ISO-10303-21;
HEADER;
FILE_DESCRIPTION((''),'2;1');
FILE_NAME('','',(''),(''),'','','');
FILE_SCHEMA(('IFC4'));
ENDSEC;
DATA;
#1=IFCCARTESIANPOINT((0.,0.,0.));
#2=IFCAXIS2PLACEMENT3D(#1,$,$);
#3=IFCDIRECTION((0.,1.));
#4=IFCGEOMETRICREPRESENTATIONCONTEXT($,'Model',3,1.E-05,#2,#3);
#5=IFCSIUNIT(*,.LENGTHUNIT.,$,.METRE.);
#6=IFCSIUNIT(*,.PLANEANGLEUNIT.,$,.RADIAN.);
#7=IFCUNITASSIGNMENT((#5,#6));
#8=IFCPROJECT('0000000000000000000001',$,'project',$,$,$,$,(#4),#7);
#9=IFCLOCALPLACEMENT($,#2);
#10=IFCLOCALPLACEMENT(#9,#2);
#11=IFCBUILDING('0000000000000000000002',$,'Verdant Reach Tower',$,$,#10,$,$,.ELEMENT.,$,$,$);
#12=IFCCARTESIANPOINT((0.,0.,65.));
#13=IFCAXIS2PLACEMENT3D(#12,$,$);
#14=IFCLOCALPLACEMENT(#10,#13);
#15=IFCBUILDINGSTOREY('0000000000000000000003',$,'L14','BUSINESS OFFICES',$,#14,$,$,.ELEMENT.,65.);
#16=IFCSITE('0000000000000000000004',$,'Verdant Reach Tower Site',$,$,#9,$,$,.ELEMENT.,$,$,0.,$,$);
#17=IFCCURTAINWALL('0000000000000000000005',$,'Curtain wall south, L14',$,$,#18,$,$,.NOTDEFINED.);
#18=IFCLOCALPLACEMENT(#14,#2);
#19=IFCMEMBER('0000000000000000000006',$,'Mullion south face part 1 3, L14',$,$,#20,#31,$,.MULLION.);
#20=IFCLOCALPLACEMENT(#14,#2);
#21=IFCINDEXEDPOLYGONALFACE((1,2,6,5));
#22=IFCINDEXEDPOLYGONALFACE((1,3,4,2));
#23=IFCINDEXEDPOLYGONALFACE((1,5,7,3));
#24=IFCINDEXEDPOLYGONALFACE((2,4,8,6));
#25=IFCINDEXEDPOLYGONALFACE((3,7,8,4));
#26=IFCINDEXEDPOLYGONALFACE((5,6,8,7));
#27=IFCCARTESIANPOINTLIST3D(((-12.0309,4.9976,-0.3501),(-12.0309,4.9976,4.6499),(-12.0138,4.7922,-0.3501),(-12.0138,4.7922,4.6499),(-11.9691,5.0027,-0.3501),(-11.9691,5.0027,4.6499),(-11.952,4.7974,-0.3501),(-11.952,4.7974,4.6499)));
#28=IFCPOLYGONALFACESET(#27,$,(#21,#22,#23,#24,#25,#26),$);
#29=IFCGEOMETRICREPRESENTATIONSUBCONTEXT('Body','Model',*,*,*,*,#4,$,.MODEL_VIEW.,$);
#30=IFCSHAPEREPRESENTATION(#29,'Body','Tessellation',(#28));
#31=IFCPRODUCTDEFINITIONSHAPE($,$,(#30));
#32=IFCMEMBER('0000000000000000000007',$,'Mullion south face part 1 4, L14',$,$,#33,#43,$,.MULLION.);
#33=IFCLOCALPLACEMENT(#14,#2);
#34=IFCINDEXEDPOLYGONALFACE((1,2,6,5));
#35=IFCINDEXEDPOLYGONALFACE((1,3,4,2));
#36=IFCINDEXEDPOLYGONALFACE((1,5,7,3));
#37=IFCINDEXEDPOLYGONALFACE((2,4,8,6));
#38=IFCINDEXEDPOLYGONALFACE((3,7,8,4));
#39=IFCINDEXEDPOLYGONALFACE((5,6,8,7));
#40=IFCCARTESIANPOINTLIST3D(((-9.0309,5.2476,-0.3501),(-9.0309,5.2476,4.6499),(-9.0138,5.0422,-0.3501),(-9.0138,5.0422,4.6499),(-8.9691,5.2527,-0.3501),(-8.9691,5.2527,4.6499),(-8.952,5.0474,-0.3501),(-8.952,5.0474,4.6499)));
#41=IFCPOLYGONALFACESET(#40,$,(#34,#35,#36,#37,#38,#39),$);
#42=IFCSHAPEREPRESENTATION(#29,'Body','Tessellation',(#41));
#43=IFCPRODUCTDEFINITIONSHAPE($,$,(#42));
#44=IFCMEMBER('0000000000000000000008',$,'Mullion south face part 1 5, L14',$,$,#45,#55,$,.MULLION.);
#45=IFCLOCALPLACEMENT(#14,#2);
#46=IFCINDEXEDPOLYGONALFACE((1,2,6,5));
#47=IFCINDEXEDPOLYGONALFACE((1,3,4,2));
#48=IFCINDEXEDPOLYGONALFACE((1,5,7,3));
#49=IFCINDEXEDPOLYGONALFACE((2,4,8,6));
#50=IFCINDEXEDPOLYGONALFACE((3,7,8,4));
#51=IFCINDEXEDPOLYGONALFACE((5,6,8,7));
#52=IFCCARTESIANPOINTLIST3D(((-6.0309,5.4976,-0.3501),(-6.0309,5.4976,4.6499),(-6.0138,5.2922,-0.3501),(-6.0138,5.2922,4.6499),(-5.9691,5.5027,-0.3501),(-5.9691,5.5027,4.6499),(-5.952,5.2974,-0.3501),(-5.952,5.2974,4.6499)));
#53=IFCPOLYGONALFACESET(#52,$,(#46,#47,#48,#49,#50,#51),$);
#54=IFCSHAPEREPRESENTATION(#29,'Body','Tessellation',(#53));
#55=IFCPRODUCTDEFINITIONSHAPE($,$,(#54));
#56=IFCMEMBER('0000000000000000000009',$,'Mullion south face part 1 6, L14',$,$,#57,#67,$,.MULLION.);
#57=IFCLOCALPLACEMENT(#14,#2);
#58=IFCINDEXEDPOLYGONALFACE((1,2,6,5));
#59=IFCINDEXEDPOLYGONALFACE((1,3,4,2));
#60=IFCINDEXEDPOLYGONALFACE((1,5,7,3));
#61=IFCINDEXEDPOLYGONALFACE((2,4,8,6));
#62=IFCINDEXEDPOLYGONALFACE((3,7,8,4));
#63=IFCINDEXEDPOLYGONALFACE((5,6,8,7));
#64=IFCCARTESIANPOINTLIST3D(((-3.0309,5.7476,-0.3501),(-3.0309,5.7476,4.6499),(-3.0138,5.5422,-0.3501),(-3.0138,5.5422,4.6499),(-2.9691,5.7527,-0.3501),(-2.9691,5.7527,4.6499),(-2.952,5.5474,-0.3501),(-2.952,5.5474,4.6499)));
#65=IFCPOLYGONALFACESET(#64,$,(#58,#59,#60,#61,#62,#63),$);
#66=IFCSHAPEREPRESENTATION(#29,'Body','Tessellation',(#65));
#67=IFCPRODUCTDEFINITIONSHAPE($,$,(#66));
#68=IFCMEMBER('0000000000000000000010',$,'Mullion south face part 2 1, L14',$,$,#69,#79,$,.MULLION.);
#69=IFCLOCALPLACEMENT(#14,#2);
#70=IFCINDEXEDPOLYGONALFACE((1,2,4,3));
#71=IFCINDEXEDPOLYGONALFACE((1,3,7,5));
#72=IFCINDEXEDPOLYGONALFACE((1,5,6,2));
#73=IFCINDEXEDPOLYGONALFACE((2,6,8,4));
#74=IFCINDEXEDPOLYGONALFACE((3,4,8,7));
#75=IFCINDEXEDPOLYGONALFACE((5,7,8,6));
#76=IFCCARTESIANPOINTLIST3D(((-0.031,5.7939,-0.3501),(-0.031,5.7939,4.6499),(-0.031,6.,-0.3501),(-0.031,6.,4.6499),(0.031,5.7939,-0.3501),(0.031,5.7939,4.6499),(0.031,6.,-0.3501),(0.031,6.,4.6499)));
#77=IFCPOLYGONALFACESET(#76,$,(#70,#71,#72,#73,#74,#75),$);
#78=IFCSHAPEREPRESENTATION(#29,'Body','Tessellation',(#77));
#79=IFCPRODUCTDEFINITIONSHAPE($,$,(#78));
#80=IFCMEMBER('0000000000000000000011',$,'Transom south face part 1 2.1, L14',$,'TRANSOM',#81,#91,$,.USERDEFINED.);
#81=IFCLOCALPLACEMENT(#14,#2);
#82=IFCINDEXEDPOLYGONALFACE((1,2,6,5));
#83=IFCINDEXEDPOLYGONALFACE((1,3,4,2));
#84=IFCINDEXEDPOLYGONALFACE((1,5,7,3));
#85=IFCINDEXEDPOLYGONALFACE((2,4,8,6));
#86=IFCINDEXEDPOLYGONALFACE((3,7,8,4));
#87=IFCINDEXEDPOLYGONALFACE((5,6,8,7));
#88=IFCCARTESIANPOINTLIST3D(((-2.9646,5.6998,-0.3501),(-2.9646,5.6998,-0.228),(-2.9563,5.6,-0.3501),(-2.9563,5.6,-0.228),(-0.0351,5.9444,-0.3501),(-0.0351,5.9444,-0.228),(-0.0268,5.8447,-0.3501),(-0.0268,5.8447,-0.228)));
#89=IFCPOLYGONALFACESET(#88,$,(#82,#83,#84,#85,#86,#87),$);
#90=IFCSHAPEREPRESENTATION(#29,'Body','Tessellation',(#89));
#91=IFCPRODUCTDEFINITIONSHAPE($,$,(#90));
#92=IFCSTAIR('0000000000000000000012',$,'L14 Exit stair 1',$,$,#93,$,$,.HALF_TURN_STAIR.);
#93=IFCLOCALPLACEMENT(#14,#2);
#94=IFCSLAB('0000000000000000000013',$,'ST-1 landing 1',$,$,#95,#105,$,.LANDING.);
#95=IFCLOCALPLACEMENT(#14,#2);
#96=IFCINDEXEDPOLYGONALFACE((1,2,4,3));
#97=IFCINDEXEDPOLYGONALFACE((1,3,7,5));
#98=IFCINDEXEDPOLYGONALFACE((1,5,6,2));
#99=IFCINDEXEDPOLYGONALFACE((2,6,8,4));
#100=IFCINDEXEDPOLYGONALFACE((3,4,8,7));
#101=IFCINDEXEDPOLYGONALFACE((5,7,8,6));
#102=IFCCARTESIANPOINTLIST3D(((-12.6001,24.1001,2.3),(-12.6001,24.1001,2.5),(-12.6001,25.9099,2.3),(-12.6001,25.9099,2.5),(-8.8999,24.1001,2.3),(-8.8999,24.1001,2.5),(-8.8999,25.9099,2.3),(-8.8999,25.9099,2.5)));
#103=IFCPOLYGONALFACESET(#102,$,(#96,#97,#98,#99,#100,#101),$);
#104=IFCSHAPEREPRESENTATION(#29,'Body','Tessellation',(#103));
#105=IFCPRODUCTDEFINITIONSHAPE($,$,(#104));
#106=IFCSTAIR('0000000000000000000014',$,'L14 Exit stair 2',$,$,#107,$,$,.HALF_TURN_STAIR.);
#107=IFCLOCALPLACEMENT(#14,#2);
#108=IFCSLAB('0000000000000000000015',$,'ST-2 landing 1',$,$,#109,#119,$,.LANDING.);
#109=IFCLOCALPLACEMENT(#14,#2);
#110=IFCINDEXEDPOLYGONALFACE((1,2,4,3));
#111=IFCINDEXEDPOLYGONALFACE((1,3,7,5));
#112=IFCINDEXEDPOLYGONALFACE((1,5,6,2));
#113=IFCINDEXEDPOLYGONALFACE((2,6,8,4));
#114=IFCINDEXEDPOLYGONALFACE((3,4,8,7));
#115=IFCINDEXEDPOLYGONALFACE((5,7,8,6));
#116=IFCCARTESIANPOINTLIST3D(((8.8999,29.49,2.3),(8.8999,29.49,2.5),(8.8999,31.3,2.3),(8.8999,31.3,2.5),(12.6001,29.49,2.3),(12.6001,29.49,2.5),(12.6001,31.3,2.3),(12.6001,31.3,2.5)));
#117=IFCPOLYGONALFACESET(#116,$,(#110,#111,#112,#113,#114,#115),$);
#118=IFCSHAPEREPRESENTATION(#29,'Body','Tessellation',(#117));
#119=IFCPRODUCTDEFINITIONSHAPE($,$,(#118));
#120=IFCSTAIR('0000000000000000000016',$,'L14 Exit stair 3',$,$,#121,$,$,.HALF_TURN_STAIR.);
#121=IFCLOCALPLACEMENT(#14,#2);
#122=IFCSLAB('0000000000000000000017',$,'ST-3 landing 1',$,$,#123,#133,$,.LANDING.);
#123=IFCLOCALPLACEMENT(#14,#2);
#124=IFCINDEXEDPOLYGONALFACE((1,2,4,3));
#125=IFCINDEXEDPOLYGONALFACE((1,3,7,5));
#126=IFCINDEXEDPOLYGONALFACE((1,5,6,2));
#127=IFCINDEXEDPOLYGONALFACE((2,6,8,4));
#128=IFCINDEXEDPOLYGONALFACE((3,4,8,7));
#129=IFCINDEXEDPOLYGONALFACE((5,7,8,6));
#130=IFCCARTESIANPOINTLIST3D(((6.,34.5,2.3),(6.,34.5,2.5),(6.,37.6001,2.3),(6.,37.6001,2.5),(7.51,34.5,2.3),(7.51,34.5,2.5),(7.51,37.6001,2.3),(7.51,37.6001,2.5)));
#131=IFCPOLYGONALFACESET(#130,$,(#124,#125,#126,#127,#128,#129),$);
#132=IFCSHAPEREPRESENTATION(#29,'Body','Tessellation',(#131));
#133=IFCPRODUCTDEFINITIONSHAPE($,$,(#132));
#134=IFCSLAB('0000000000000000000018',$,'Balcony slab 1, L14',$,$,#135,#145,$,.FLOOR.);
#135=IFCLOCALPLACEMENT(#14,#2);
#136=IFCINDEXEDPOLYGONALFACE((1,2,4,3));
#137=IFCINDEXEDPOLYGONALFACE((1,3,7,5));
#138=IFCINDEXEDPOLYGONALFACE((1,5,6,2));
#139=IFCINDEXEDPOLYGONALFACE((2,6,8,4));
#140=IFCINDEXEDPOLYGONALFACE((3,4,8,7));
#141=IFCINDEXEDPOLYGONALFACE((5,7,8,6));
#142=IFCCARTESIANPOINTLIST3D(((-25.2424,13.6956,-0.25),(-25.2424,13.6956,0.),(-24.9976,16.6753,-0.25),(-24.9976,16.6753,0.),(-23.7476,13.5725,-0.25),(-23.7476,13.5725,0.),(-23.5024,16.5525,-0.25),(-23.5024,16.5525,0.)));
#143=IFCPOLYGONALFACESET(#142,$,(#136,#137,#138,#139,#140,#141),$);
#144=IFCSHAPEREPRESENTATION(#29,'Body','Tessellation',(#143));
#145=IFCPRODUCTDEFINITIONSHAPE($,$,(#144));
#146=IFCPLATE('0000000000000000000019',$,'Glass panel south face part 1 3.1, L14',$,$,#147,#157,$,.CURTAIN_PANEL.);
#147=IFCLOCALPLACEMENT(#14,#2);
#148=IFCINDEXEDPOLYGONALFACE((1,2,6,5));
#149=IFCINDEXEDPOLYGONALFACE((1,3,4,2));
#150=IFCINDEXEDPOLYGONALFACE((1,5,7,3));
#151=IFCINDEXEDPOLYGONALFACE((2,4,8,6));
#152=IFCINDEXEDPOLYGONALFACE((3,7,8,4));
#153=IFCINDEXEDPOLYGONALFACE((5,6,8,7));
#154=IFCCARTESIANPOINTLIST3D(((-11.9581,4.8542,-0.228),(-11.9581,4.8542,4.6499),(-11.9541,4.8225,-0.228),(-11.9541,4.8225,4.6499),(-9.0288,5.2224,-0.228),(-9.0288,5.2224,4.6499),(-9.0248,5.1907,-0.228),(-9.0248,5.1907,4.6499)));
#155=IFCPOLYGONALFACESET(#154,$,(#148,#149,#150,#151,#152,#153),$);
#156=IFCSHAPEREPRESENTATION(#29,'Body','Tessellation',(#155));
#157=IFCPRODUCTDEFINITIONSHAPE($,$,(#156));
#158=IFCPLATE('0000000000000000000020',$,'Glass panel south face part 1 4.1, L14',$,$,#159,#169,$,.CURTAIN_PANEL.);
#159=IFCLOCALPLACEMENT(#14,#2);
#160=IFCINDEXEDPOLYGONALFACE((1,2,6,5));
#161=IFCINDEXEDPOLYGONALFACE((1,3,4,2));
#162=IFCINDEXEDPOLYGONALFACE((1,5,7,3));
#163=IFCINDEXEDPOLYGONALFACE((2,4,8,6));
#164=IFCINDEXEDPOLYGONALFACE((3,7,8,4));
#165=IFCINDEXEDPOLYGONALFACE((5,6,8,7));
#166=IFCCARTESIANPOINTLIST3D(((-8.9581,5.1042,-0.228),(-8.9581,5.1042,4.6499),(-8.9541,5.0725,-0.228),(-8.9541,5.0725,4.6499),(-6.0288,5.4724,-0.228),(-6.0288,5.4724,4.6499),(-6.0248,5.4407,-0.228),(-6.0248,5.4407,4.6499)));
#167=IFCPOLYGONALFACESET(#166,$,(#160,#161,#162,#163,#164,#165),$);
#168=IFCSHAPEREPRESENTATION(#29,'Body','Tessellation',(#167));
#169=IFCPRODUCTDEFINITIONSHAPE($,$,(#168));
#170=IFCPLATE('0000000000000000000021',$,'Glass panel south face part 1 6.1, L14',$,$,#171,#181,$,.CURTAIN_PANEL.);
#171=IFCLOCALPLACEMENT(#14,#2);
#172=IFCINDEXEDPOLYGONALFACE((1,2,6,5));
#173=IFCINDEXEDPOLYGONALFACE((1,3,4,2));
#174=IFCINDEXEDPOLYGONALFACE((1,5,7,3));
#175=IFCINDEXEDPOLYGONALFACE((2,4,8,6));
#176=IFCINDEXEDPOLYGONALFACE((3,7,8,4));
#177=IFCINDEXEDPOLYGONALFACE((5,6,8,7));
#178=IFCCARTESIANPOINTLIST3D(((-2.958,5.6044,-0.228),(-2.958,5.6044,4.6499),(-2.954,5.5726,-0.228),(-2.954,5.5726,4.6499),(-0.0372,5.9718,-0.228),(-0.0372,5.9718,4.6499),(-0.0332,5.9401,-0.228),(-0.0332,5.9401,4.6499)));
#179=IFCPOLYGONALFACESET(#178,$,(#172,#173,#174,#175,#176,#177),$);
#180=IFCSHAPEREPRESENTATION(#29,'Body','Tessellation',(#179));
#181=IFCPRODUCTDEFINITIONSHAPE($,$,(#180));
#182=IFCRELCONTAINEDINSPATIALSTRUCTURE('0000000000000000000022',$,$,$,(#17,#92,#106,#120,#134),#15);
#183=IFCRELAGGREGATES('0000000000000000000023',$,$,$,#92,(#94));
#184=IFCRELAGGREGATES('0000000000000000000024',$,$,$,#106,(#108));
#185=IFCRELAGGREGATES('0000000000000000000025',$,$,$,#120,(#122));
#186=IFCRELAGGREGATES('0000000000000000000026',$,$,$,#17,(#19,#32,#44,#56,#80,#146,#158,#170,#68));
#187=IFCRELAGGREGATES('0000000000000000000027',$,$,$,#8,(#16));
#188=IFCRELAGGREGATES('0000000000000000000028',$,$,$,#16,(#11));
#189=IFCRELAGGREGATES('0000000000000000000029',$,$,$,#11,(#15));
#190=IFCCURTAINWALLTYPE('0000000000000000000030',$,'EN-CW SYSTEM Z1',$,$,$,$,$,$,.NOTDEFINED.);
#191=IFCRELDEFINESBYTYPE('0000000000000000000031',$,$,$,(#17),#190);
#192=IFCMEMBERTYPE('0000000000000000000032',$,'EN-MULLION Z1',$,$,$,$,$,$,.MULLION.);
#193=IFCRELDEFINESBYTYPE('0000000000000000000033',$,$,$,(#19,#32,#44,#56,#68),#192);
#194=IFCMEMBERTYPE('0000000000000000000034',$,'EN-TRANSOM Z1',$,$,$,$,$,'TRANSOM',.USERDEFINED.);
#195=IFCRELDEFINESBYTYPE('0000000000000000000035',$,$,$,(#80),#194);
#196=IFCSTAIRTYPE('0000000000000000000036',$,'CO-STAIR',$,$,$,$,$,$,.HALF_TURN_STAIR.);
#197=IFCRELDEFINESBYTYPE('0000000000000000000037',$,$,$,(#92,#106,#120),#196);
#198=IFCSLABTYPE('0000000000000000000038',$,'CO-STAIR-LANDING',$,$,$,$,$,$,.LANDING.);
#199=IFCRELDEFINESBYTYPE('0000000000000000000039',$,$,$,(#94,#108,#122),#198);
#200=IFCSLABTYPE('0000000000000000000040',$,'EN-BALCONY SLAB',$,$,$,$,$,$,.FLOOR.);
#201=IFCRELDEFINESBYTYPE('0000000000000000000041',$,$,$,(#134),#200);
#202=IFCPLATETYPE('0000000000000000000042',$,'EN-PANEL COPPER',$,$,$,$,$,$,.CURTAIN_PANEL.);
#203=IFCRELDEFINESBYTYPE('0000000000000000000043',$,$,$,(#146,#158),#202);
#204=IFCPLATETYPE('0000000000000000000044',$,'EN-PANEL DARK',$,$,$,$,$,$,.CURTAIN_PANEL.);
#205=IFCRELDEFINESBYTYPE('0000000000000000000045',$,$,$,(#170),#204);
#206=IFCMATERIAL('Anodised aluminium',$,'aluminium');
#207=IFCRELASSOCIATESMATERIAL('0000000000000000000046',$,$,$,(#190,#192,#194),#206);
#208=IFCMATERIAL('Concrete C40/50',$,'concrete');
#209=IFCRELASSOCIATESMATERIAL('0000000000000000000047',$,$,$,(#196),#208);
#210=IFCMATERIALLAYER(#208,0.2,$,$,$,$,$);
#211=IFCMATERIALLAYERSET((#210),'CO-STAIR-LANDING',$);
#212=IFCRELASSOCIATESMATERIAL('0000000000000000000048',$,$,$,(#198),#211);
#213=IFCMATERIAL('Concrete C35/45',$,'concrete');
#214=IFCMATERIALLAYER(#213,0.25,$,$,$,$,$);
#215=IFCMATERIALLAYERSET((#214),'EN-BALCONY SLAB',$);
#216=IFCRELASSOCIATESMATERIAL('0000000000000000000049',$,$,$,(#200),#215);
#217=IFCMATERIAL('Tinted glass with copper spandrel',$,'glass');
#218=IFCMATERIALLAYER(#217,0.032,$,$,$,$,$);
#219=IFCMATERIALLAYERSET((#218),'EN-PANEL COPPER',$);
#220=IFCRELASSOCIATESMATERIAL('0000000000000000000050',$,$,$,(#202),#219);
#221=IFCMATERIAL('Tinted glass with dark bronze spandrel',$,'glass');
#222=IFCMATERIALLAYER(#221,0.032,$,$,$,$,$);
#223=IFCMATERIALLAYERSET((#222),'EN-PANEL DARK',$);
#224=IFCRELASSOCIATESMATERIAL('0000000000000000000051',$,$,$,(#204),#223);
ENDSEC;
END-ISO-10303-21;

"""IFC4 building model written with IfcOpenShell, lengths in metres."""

from ifc_helpers import new_model, si_unit, direction, frame, origin, origin_2d, place, context, subcontext, project, spatial, polyline, rectangle, outline, extrude, material, layer, layer_set, material_profile, profile_set, type_object, element, aggregate, save


model = new_model("IFC4")

# Units and contexts
model_context = context("Model", 3, precision=1e-05, world=origin(), true_north=direction((0.0, 1.0)))
body_context = subcontext(model_context, "Body", "Model", "MODEL_VIEW")
ifc_project = project(units=[si_unit("LENGTHUNIT", "METRE"), si_unit("PLANEANGLEUNIT", "RADIAN")], contexts=[model_context])

# Site, building, storey
site_placement = place(None, origin())
site = spatial("IfcSite", under=ifc_project, at=site_placement, Name="Verdant Reach Tower Site", CompositionType="ELEMENT", RefElevation=0.0)
building_placement = place(site_placement, origin())
building = spatial("IfcBuilding", under=site, at=building_placement, Name="Verdant Reach Tower", CompositionType="ELEMENT")
storey_placement = place(building_placement, frame((0.0, 0.0, 65.0)))
storey = spatial("IfcBuildingStorey", under=building, at=storey_placement, Name="L14", Description="BUSINESS OFFICES", CompositionType="ELEMENT", Elevation=65.0)

# Curtain wall, members
ifc_material_1 = material(Name="Anodised aluminium", Category="aluminium")
curtain_wall_type = type_object("IfcCurtainWallType", Name="EN-CW SYSTEM Z1", PredefinedType="NOTDEFINED", material=ifc_material_1)
curtain_wall_placement = place(storey_placement, origin())
curtain_wall = element("IfcCurtainWall", 1, at=curtain_wall_placement, inside=storey, type_object=curtain_wall_type, Name="Curtain wall south, L14", PredefinedType="NOTDEFINED")
ifc_material_profile_1 = material_profile(ifc_material_1, rectangle(XDim=0.2061, YDim=0.062, at=origin_2d()), Name="Mullion 62x206")
ifc_profile_set_1 = profile_set([ifc_material_profile_1], Name="Anodised aluminium")
member_type_1 = type_object("IfcMemberType", Name="EN-MULLION Z1", PredefinedType="MULLION", material=ifc_profile_set_1)
member_1_placement = place(storey_placement, frame((-11.9915, 4.8975, -0.3501), z_axis=(0.0, 0.0, 1.0), x_axis=(0.083045, -0.996546, 0.0)))
member_1 = element("IfcMember", 2, at=member_1_placement, type_object=member_type_1, Name="Mullion south face part 1 3, L14", PredefinedType="MULLION", context=body_context, shape_type="SweptSolid", body=[
    extrude(rectangle(XDim=0.2061, YDim=0.062, at=origin_2d()), origin(), (0.0, 0.0, 1.0), 5.0),
])
member_2_placement = place(storey_placement, frame((-8.9915, 5.1475, -0.3501), z_axis=(0.0, 0.0, 1.0), x_axis=(0.083045, -0.996546, 0.0)))
member_2 = element("IfcMember", 3, at=member_2_placement, type_object=member_type_1, Name="Mullion south face part 1 4, L14", PredefinedType="MULLION", context=body_context, shape_type="SweptSolid", body=[
    extrude(rectangle(XDim=0.2061, YDim=0.062, at=origin_2d()), origin(), (0.0, 0.0, 1.0), 5.0),
])
member_3_placement = place(storey_placement, frame((-5.9915, 5.3975, -0.3501), z_axis=(0.0, 0.0, 1.0), x_axis=(0.083045, -0.996546, 0.0)))
member_3 = element("IfcMember", 4, at=member_3_placement, type_object=member_type_1, Name="Mullion south face part 1 5, L14", PredefinedType="MULLION", context=body_context, shape_type="SweptSolid", body=[
    extrude(rectangle(XDim=0.2061, YDim=0.062, at=origin_2d()), origin(), (0.0, 0.0, 1.0), 5.0),
])
member_4_placement = place(storey_placement, frame((-2.9915, 5.6475, -0.3501), z_axis=(0.0, 0.0, 1.0), x_axis=(0.083045, -0.996546, 0.0)))
member_4 = element("IfcMember", 5, at=member_4_placement, type_object=member_type_1, Name="Mullion south face part 1 6, L14", PredefinedType="MULLION", context=body_context, shape_type="SweptSolid", body=[
    extrude(rectangle(XDim=0.2061, YDim=0.062, at=origin_2d()), origin(), (0.0, 0.0, 1.0), 5.0),
])
member_5_placement = place(storey_placement, frame((0.0, 5.897, -0.3501), z_axis=(0.0, 0.0, 1.0), x_axis=(0.0, -1.0, 0.0)))
member_5 = element("IfcMember", 6, at=member_5_placement, type_object=member_type_1, Name="Mullion south face part 2 1, L14", PredefinedType="MULLION", context=body_context, shape_type="SweptSolid", body=[
    extrude(rectangle(XDim=0.2061, YDim=0.062, at=origin_2d()), origin(), (0.0, 0.0, 1.0), 5.0),
])
ifc_material_profile_2 = material_profile(ifc_material_1, rectangle(XDim=0.1001, YDim=0.1221, at=origin_2d()), Name="Transom 122x100")
ifc_profile_set_2 = profile_set([ifc_material_profile_2], Name="Anodised aluminium")
member_type_2 = type_object("IfcMemberType", Name="EN-TRANSOM Z1", ElementType="TRANSOM", PredefinedType="USERDEFINED", material=ifc_profile_set_2)
member_6_placement = place(storey_placement, frame((-2.9604, 5.6499, -0.2891), z_axis=(0.996531, 0.083217, 0.0), x_axis=(-0.083217, 0.996531, 0.0)))
member_6 = element("IfcMember", 7, at=member_6_placement, type_object=member_type_2, Name="Transom south face part 1 2.1, L14", ObjectType="TRANSOM", PredefinedType="USERDEFINED", context=body_context, shape_type="SweptSolid", body=[
    extrude(rectangle(XDim=0.1001, YDim=0.1221, at=origin_2d()), origin(), (0.0, 0.0, 1.0), 2.9397),
])

# Stairs, slabs
ifc_material_2 = material(Name="Concrete C40/50", Category="concrete")
stair_type = type_object("IfcStairType", Name="CO-STAIR", PredefinedType="HALF_TURN_STAIR", material=ifc_material_2)
stair_1_placement = place(storey_placement, origin())
stair_1 = element("IfcStair", 8, at=stair_1_placement, inside=storey, type_object=stair_type, Name="L14 Exit stair 1", PredefinedType="HALF_TURN_STAIR")
ifc_layer_1 = layer(ifc_material_2, 0.2)
ifc_layer_set_1 = layer_set([ifc_layer_1], Name="CO-STAIR-LANDING")
slab_type_1 = type_object("IfcSlabType", Name="CO-STAIR-LANDING", PredefinedType="LANDING", material=ifc_layer_set_1)
slab_1_placement = place(storey_placement, frame((0.0, 0.0, 2.3)))
slab_1 = element("IfcSlab", 9, at=slab_1_placement, type_object=slab_type_1, Name="ST-1 landing 1", PredefinedType="LANDING", context=body_context, shape_type="SweptSolid", body=[
    extrude(outline(polyline([(-12.6001, 25.9099), (-12.6001, 24.1001), (-8.8999, 24.1001), (-8.8999, 25.9099), (-12.6001, 25.9099)])), origin(), (0.0, 0.0, 1.0), 0.2),
])
aggregate(stair_1, [slab_1])
stair_2_placement = place(storey_placement, origin())
stair_2 = element("IfcStair", 10, at=stair_2_placement, inside=storey, type_object=stair_type, Name="L14 Exit stair 2", PredefinedType="HALF_TURN_STAIR")
slab_2_placement = place(storey_placement, frame((0.0, 0.0, 2.3)))
slab_2 = element("IfcSlab", 11, at=slab_2_placement, type_object=slab_type_1, Name="ST-2 landing 1", PredefinedType="LANDING", context=body_context, shape_type="SweptSolid", body=[
    extrude(outline(polyline([(12.6001, 29.49), (12.6001, 31.3), (8.8999, 31.3), (8.8999, 29.49), (12.6001, 29.49)])), origin(), (0.0, 0.0, 1.0), 0.2),
])
aggregate(stair_2, [slab_2])
stair_3_placement = place(storey_placement, origin())
stair_3 = element("IfcStair", 12, at=stair_3_placement, inside=storey, type_object=stair_type, Name="L14 Exit stair 3", PredefinedType="HALF_TURN_STAIR")
slab_3_placement = place(storey_placement, frame((0.0, 0.0, 2.3)))
slab_3 = element("IfcSlab", 13, at=slab_3_placement, type_object=slab_type_1, Name="ST-3 landing 1", PredefinedType="LANDING", context=body_context, shape_type="SweptSolid", body=[
    extrude(outline(polyline([(7.51, 37.6001), (6.0, 37.6001), (6.0, 34.5), (7.51, 34.5), (7.51, 37.6001)])), origin(), (0.0, 0.0, 1.0), 0.2),
])
aggregate(stair_3, [slab_3])

# Slab
ifc_material_3 = material(Name="Concrete C35/45", Category="concrete")
ifc_layer_2 = layer(ifc_material_3, 0.25)
ifc_layer_set_2 = layer_set([ifc_layer_2], Name="EN-BALCONY SLAB")
slab_type_2 = type_object("IfcSlabType", Name="EN-BALCONY SLAB", PredefinedType="FLOOR", material=ifc_layer_set_2)
slab_4_placement = place(storey_placement, frame((0.0, 0.0, -0.25)))
element("IfcSlab", 14, at=slab_4_placement, inside=storey, type_object=slab_type_2, Name="Balcony slab 1, L14", PredefinedType="FLOOR", context=body_context, shape_type="SweptSolid", body=[
    extrude(outline(polyline([(-23.5024, 16.5525), (-23.7476, 13.5725), (-25.2424, 13.6956), (-24.9976, 16.6753), (-23.5024, 16.5525)])), origin(), (0.0, 0.0, 1.0), 0.25),
])

# Plates
ifc_material_4 = material(Name="Tinted glass with copper spandrel", Category="glass")
ifc_layer_3 = layer(ifc_material_4, 0.032)
ifc_layer_set_3 = layer_set([ifc_layer_3], Name="EN-PANEL COPPER")
plate_type_1 = type_object("IfcPlateType", Name="EN-PANEL COPPER", PredefinedType="CURTAIN_PANEL", material=ifc_layer_set_3)
plate_1_placement = place(storey_placement, frame((-10.4915, 5.0225, -0.228), z_axis=(0.0, 0.0, 1.0), x_axis=(0.992194, 0.124704, 0.0)))
plate_1 = element("IfcPlate", 15, at=plate_1_placement, type_object=plate_type_1, Name="Glass panel south face part 1 3.1, L14", PredefinedType="CURTAIN_PANEL", context=body_context, shape_type="SweptSolid", body=[
    extrude(rectangle(XDim=2.9524, YDim=0.032, at=origin_2d()), origin(), (0.0, 0.0, 1.0), 4.8779),
])
plate_2_placement = place(storey_placement, frame((-7.4915, 5.2725, -0.228), z_axis=(0.0, 0.0, 1.0), x_axis=(0.992194, 0.124704, 0.0)))
plate_2 = element("IfcPlate", 16, at=plate_2_placement, type_object=plate_type_1, Name="Glass panel south face part 1 4.1, L14", PredefinedType="CURTAIN_PANEL", context=body_context, shape_type="SweptSolid", body=[
    extrude(rectangle(XDim=2.9524, YDim=0.032, at=origin_2d()), origin(), (0.0, 0.0, 1.0), 4.8779),
])
ifc_material_5 = material(Name="Tinted glass with dark bronze spandrel", Category="glass")
ifc_layer_4 = layer(ifc_material_5, 0.032)
ifc_layer_set_4 = layer_set([ifc_layer_4], Name="EN-PANEL DARK")
plate_type_2 = type_object("IfcPlateType", Name="EN-PANEL DARK", PredefinedType="CURTAIN_PANEL", material=ifc_layer_set_4)
plate_3_placement = place(storey_placement, frame((-1.4956, 5.7722, -0.228), z_axis=(0.0, 0.0, 1.0), x_axis=(0.992179, 0.124821, 0.0)))
plate_3 = element("IfcPlate", 17, at=plate_3_placement, type_object=plate_type_2, Name="Glass panel south face part 1 6.1, L14", PredefinedType="CURTAIN_PANEL", context=body_context, shape_type="SweptSolid", body=[
    extrude(rectangle(XDim=2.9438, YDim=0.032, at=origin_2d()), origin(), (0.0, 0.0, 1.0), 4.8779),
])
aggregate(curtain_wall, [member_1, member_2, member_3, member_4, member_6, plate_1, plate_2, plate_3, member_5])

save(model, "model.ifc")
